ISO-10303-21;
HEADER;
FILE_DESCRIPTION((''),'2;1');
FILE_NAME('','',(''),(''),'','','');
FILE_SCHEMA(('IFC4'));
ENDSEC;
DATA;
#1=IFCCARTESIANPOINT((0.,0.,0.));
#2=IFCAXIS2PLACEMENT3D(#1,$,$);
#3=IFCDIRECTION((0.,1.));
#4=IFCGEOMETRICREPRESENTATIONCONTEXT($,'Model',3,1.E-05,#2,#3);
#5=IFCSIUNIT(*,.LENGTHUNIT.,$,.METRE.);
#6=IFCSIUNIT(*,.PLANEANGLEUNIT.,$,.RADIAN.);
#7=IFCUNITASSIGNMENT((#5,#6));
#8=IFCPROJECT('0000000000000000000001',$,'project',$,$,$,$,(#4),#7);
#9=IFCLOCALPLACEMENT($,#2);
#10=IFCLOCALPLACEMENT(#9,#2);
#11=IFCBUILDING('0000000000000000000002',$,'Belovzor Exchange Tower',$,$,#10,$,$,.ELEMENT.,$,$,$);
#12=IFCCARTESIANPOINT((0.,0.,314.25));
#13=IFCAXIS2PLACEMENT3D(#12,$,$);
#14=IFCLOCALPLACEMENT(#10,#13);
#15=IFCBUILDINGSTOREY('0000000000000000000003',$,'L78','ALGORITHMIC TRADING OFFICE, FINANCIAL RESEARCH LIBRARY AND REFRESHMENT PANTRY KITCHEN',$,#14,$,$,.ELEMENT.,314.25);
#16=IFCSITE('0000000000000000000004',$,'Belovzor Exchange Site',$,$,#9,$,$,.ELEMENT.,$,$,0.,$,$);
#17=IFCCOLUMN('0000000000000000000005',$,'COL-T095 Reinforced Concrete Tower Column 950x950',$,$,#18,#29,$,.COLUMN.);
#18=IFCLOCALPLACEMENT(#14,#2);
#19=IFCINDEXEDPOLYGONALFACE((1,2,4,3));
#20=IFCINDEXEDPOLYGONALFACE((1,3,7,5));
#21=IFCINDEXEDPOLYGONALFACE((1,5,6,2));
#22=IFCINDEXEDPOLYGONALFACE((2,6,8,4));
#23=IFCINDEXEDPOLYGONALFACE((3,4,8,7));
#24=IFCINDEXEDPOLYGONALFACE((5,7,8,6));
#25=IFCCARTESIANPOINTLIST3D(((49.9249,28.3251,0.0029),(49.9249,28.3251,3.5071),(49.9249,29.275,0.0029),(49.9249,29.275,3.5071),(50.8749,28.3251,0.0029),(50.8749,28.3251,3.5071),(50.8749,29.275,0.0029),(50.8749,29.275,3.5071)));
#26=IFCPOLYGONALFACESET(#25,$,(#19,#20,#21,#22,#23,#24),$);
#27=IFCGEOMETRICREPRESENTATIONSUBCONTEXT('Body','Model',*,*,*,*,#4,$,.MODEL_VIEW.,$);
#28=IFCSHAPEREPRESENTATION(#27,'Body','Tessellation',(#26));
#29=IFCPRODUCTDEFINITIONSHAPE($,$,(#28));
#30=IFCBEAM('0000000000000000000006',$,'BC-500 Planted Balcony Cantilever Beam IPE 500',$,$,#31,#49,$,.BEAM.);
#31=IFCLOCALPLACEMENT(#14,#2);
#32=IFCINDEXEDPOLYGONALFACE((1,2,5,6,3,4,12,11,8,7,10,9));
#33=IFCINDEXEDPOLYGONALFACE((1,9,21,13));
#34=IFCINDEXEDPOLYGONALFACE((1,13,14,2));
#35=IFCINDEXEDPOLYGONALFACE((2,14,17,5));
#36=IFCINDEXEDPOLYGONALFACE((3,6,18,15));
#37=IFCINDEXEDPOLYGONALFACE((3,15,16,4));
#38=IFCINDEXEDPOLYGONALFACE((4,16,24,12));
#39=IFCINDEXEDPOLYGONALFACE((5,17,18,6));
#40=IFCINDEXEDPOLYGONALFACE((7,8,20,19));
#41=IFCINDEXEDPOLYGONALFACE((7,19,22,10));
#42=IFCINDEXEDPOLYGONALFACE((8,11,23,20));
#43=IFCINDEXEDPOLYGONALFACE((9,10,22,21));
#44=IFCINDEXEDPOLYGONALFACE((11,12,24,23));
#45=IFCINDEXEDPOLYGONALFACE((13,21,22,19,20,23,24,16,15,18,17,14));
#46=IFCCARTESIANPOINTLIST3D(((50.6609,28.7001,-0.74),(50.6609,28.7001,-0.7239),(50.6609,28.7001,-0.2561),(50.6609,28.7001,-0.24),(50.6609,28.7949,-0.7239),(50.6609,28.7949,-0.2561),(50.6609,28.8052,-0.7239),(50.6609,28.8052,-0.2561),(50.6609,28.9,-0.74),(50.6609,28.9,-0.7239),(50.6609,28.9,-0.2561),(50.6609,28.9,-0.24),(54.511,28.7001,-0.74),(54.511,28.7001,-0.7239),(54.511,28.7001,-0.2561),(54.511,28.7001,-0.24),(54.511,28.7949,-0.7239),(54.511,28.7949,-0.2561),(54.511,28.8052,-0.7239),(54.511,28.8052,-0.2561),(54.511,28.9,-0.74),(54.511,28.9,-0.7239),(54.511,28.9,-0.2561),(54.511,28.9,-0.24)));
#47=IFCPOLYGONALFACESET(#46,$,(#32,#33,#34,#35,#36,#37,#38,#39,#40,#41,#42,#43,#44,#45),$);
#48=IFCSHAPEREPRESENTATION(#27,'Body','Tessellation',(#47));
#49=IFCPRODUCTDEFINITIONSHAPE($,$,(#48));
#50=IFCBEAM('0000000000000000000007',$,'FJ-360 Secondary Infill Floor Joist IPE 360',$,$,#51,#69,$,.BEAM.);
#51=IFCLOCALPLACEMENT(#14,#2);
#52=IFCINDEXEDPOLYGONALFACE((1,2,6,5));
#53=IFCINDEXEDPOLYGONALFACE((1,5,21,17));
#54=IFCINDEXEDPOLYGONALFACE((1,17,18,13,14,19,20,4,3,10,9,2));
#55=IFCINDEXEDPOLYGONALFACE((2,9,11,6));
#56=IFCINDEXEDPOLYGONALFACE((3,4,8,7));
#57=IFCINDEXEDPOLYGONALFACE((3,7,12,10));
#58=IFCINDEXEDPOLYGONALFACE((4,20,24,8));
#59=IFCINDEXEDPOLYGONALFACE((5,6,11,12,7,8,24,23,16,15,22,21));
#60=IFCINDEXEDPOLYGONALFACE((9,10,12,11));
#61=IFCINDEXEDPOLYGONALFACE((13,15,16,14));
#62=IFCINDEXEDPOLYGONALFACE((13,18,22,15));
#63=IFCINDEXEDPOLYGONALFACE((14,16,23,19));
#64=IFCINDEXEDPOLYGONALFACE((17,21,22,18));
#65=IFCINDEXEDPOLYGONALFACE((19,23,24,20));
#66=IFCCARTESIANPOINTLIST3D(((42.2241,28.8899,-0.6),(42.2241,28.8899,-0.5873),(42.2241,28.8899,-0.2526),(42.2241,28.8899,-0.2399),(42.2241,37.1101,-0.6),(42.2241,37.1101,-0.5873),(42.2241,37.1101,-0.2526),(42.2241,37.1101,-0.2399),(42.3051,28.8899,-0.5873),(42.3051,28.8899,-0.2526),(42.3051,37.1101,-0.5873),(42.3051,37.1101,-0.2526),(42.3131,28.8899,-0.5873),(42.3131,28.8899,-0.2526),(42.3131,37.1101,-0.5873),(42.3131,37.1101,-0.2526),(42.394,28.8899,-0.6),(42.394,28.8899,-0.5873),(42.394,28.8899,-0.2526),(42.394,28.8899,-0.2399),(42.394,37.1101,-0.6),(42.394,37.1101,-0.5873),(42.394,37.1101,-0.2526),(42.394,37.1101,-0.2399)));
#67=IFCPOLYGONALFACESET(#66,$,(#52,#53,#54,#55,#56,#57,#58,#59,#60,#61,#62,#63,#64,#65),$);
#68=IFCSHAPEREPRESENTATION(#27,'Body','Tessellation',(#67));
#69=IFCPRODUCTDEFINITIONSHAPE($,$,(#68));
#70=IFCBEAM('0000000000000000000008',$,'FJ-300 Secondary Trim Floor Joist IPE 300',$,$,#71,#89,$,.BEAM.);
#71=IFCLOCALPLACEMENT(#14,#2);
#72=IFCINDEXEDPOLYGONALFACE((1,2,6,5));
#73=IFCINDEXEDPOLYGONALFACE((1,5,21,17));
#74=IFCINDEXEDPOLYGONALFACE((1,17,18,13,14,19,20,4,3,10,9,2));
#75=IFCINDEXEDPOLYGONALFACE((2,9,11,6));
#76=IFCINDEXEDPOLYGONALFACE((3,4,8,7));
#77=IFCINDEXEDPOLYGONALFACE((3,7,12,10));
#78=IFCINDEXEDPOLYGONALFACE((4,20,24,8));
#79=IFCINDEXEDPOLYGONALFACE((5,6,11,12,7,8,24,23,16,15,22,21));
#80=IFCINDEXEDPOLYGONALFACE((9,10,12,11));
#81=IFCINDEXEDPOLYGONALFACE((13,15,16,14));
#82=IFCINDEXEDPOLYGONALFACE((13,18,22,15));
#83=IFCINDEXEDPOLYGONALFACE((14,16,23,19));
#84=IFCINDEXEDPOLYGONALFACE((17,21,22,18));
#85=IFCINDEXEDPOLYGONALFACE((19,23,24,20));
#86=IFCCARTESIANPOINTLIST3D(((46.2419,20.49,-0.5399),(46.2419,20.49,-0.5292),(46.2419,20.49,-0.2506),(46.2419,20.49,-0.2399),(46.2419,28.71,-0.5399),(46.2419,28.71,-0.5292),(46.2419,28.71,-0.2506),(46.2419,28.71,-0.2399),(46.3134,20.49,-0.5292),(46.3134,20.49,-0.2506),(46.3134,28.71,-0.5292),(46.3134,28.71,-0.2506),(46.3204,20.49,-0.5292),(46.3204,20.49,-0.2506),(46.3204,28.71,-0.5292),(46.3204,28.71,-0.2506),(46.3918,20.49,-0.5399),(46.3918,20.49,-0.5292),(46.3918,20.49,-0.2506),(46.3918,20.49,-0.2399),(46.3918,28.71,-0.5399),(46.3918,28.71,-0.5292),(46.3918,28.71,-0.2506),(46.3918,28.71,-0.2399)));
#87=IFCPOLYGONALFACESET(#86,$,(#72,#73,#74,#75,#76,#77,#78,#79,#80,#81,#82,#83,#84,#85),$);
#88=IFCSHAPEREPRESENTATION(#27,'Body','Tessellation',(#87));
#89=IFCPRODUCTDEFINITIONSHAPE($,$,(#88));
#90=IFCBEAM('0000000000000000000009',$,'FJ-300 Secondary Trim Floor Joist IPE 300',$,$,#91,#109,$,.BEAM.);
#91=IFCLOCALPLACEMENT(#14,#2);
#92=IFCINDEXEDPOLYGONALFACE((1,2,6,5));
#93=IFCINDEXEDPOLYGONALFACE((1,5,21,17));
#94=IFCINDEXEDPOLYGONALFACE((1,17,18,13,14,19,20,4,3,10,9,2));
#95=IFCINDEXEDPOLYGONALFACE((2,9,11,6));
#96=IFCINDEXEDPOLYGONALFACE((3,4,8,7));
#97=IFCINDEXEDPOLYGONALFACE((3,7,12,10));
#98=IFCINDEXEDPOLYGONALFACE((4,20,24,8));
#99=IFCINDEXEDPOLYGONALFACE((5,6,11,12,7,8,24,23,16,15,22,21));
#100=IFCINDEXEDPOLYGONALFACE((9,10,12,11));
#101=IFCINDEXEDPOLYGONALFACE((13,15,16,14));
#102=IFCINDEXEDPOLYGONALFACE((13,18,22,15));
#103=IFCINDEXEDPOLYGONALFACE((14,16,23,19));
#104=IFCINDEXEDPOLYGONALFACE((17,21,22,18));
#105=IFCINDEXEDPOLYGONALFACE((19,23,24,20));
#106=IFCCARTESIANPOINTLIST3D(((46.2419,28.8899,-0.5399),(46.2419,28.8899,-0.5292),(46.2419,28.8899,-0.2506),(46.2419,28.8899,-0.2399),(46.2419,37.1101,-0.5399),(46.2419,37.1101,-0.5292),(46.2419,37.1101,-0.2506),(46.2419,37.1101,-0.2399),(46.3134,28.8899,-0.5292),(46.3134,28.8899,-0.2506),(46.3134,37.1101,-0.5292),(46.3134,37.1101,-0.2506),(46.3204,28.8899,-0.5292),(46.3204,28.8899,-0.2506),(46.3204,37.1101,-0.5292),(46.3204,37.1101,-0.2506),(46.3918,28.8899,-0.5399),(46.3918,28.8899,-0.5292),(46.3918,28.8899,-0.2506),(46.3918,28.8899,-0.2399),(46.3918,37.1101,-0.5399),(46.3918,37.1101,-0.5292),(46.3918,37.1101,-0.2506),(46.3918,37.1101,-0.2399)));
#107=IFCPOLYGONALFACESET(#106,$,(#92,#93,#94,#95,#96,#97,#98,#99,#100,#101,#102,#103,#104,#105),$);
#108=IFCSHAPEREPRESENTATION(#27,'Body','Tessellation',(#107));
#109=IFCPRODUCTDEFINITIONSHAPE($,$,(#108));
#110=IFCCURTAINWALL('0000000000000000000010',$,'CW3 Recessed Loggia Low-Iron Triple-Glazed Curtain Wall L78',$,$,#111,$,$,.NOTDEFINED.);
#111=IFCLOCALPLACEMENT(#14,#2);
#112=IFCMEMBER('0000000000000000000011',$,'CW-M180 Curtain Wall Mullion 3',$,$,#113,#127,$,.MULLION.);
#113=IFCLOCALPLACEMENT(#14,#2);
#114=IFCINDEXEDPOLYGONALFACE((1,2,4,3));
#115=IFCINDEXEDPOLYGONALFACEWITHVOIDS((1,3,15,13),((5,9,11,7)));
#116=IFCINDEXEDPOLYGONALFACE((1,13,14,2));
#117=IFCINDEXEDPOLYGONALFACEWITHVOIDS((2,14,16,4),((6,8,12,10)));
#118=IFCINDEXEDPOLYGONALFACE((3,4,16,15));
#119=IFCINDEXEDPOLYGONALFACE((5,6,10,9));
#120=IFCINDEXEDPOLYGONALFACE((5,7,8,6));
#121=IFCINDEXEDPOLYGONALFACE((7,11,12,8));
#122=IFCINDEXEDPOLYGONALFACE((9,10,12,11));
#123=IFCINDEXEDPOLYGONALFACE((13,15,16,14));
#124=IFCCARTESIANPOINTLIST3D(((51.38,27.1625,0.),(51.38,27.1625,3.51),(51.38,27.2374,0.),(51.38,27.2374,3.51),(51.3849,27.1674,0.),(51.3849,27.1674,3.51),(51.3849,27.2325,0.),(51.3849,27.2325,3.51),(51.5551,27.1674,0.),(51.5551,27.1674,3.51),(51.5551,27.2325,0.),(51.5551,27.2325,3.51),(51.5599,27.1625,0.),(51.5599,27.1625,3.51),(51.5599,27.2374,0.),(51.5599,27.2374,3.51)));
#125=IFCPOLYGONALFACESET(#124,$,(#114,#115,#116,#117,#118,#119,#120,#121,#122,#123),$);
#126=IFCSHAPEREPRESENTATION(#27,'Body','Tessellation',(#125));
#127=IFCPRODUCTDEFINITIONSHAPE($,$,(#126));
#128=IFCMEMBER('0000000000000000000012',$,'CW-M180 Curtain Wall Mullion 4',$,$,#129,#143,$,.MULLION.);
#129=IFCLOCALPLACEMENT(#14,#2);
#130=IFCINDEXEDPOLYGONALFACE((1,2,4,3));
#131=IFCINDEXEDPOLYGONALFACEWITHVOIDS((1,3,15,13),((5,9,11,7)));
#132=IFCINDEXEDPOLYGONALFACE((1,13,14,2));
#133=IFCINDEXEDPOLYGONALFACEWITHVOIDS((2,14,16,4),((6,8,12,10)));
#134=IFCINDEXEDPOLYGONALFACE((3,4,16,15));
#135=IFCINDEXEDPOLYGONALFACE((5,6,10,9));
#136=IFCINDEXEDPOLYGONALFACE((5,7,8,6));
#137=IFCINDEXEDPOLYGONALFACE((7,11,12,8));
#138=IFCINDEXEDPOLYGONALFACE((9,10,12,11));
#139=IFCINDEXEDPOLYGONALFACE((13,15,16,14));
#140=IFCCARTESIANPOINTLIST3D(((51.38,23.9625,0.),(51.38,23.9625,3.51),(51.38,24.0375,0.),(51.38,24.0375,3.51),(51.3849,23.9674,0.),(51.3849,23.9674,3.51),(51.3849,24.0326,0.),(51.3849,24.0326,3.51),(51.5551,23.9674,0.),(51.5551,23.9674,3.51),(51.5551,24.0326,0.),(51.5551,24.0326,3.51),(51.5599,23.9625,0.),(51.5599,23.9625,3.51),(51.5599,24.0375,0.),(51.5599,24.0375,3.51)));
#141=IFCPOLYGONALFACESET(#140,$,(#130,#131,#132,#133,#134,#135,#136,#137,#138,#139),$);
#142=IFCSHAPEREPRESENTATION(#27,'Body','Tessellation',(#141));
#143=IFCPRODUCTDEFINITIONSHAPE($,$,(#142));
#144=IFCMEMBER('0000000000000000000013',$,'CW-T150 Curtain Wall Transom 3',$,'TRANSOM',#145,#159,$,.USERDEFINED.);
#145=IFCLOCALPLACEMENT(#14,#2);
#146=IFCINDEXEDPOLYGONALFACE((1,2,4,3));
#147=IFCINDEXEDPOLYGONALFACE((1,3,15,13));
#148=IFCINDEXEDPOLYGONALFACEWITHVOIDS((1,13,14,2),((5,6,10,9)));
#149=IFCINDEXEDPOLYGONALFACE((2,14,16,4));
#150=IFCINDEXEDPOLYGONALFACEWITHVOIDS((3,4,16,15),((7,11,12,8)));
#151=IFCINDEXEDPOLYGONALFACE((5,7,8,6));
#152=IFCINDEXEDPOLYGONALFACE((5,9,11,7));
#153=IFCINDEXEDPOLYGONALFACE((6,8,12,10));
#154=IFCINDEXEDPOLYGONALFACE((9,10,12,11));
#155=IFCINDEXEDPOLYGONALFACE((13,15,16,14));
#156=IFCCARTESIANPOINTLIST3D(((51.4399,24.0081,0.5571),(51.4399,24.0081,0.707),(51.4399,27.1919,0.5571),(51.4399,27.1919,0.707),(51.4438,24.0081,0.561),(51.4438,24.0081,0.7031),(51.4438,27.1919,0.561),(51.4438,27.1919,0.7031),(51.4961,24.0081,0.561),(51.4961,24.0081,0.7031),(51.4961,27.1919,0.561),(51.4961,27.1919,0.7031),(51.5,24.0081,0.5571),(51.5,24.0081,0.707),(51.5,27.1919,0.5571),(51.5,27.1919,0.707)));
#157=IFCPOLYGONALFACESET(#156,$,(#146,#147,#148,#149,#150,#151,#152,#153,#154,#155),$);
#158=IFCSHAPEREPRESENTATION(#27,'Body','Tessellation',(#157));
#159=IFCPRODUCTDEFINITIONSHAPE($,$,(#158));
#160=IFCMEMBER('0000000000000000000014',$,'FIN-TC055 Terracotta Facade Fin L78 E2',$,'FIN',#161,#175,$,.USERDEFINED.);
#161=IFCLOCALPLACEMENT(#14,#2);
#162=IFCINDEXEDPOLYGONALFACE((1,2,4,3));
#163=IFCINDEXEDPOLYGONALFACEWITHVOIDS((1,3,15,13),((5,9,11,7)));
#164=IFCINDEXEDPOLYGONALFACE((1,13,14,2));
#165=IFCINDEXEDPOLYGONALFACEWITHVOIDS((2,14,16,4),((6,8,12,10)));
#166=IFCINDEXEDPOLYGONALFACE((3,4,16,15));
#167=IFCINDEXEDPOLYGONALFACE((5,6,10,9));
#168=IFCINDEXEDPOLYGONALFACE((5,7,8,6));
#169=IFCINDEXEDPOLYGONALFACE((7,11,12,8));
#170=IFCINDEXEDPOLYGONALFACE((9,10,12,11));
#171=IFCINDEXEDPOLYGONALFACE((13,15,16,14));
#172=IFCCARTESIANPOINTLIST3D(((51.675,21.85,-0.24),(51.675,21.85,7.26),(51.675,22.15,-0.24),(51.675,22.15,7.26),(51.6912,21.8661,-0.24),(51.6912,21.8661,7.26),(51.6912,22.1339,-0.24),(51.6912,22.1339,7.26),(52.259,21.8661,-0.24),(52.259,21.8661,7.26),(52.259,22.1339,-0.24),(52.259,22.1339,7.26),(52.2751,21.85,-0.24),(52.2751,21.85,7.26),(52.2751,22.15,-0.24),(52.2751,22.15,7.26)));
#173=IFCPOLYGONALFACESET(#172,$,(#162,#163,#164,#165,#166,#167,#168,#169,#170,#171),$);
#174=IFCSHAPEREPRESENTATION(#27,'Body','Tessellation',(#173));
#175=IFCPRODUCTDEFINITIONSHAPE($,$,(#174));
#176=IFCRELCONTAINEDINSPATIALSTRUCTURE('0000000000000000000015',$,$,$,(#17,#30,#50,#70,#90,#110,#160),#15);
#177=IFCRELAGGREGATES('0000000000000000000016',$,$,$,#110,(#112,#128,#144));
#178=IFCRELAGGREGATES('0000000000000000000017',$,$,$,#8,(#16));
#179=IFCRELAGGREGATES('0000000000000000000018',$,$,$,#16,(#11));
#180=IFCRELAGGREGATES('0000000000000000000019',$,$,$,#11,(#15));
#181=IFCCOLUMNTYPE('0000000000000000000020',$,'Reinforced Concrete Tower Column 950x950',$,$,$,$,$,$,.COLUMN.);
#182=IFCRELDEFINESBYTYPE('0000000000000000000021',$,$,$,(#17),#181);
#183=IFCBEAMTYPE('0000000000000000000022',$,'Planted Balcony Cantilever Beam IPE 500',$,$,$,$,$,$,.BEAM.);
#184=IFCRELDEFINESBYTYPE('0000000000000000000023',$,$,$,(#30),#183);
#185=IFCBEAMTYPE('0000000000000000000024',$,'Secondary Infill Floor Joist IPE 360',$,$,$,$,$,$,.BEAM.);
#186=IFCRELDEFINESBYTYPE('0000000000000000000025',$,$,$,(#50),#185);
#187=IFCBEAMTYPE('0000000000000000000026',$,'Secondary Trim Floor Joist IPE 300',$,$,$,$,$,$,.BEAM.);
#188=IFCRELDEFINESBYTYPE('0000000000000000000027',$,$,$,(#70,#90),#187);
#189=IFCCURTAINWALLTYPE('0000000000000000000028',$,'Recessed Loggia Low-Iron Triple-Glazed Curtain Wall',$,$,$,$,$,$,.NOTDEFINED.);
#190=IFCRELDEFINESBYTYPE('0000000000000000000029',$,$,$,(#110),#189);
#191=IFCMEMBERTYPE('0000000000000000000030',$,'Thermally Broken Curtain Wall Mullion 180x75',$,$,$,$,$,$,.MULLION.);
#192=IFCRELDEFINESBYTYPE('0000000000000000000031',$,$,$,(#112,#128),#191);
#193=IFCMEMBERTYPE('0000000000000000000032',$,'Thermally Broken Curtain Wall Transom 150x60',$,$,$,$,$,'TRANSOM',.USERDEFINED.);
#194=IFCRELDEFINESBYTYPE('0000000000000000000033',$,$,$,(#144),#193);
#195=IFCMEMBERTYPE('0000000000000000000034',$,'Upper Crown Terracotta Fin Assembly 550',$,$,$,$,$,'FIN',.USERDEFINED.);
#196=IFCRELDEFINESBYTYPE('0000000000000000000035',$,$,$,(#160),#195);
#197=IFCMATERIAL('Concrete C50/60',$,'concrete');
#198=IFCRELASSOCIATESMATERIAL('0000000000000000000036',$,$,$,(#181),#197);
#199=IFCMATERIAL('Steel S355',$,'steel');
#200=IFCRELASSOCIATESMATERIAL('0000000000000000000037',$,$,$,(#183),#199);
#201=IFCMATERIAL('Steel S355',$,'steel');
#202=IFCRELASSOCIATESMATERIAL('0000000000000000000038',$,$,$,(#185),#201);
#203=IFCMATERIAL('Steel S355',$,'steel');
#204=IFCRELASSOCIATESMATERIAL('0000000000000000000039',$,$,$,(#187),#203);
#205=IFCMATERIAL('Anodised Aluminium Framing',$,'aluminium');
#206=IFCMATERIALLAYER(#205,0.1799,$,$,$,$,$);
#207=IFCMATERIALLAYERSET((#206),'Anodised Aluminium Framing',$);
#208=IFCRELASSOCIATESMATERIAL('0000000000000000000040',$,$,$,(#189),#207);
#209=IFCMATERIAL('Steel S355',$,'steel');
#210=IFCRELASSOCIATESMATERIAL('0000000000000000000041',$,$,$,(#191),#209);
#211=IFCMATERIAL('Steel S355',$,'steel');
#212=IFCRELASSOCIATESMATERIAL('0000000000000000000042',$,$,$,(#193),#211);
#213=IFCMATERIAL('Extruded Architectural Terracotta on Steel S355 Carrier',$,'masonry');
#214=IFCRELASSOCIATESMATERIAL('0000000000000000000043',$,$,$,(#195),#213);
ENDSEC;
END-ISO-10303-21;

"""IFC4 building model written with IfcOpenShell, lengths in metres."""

from ifc_helpers import new_model, si_unit, direction, frame, origin, origin_2d, place, context, subcontext, project, spatial, rectangle, hollow_rectangle, i_section, extrude, material, layer, layer_set, material_profile, profile_set, type_object, element, aggregate, save


model = new_model("IFC4")

# Units and contexts
model_context = context("Model", 3, precision=1e-05, world=origin(), true_north=direction((0.0, 1.0)))
body_context = subcontext(model_context, "Body", "Model", "MODEL_VIEW")
ifc_project = project(units=[si_unit("LENGTHUNIT", "METRE"), si_unit("PLANEANGLEUNIT", "RADIAN")], contexts=[model_context])

# Site, building, storey
site_placement = place(None, origin())
site = spatial("IfcSite", under=ifc_project, at=site_placement, Name="Belovzor Exchange Site", CompositionType="ELEMENT", RefElevation=0.0)
building_placement = place(site_placement, origin())
building = spatial("IfcBuilding", under=site, at=building_placement, Name="Belovzor Exchange Tower", CompositionType="ELEMENT")
storey_placement = place(building_placement, frame((0.0, 0.0, 314.25)))
storey = spatial("IfcBuildingStorey", under=building, at=storey_placement, Name="L78", Description="ALGORITHMIC TRADING OFFICE, FINANCIAL RESEARCH LIBRARY AND REFRESHMENT PANTRY KITCHEN", CompositionType="ELEMENT", Elevation=314.25)

# Column
ifc_material_1 = material(Name="Concrete C50/60", Category="concrete")
ifc_material_profile_1 = material_profile(ifc_material_1, rectangle(XDim=0.95, YDim=0.95, at=origin_2d()))
ifc_profile_set_1 = profile_set([ifc_material_profile_1], Name="Concrete C50/60")
column_type = type_object("IfcColumnType", Name="Reinforced Concrete Tower Column 950x950", PredefinedType="COLUMN", material=ifc_profile_set_1)
column_placement = place(storey_placement, frame((50.3999, 28.8, 0.0029), z_axis=(0.0, 0.0, 1.0), x_axis=(1.0, 0.0, 0.0)))
element("IfcColumn", 1, at=column_placement, inside=storey, type_object=column_type, Name="COL-T095 Reinforced Concrete Tower Column 950x950", PredefinedType="COLUMN", context=body_context, shape_type="SweptSolid", body=[
    extrude(rectangle(XDim=0.95, YDim=0.95, at=origin_2d()), origin(), (0.0, 0.0, 1.0), 3.5042),
])

# Beams
ifc_material_2 = material(Name="Steel S355", Category="steel")
ifc_material_profile_2 = material_profile(ifc_material_2, i_section(OverallWidth=0.2, OverallDepth=0.5, WebThickness=0.0103, FlangeThickness=0.0161, at=origin_2d()))
ifc_profile_set_2 = profile_set([ifc_material_profile_2], Name="Steel S355")
beam_type_1 = type_object("IfcBeamType", Name="Planted Balcony Cantilever Beam IPE 500", PredefinedType="BEAM", material=ifc_profile_set_2)
beam_1_placement = place(storey_placement, frame((50.6609, 28.8, -0.49), z_axis=(1.0, 0.0, 0.0), x_axis=(0.0, 1.0, 0.0)))
element("IfcBeam", 2, at=beam_1_placement, inside=storey, type_object=beam_type_1, Name="BC-500 Planted Balcony Cantilever Beam IPE 500", PredefinedType="BEAM", context=body_context, shape_type="SweptSolid", body=[
    extrude(i_section(OverallWidth=0.2, OverallDepth=0.5, WebThickness=0.0103, FlangeThickness=0.0161, at=origin_2d()), origin(), (0.0, 0.0, 1.0), 3.8501),
])
ifc_material_3 = material(Name="Steel S355", Category="steel")
ifc_material_profile_3 = material_profile(ifc_material_3, i_section(OverallWidth=0.1699, OverallDepth=0.3601, WebThickness=0.0081, FlangeThickness=0.0127, at=origin_2d()))
ifc_profile_set_3 = profile_set([ifc_material_profile_3], Name="Steel S355")
beam_type_2 = type_object("IfcBeamType", Name="Secondary Infill Floor Joist IPE 360", PredefinedType="BEAM", material=ifc_profile_set_3)
beam_2_placement = place(storey_placement, frame((42.3091, 28.8899, -0.4199), z_axis=(0.0, 1.0, 0.0), x_axis=(-1.0, 0.0, 0.0)))
element("IfcBeam", 3, at=beam_2_placement, inside=storey, type_object=beam_type_2, Name="FJ-360 Secondary Infill Floor Joist IPE 360", PredefinedType="BEAM", context=body_context, shape_type="SweptSolid", body=[
    extrude(i_section(OverallWidth=0.1699, OverallDepth=0.3601, WebThickness=0.0081, FlangeThickness=0.0127, at=origin_2d()), origin(), (0.0, 0.0, 1.0), 8.2202),
])
ifc_material_4 = material(Name="Steel S355", Category="steel")
ifc_material_profile_4 = material_profile(ifc_material_4, i_section(OverallWidth=0.1499, OverallDepth=0.3, WebThickness=0.0071, FlangeThickness=0.0107, at=origin_2d()))
ifc_profile_set_4 = profile_set([ifc_material_profile_4], Name="Steel S355")
beam_type_3 = type_object("IfcBeamType", Name="Secondary Trim Floor Joist IPE 300", PredefinedType="BEAM", material=ifc_profile_set_4)
beam_3_placement = place(storey_placement, frame((46.3169, 20.49, -0.3899), z_axis=(0.0, 1.0, 0.0), x_axis=(-1.0, 0.0, 0.0)))
element("IfcBeam", 4, at=beam_3_placement, inside=storey, type_object=beam_type_3, Name="FJ-300 Secondary Trim Floor Joist IPE 300", PredefinedType="BEAM", context=body_context, shape_type="SweptSolid", body=[
    extrude(i_section(OverallWidth=0.1499, OverallDepth=0.3, WebThickness=0.0071, FlangeThickness=0.0107, at=origin_2d()), origin(), (0.0, 0.0, 1.0), 8.22),
])
beam_4_placement = place(storey_placement, frame((46.3169, 28.8899, -0.3899), z_axis=(0.0, 1.0, 0.0), x_axis=(-1.0, 0.0, 0.0)))
element("IfcBeam", 5, at=beam_4_placement, inside=storey, type_object=beam_type_3, Name="FJ-300 Secondary Trim Floor Joist IPE 300", PredefinedType="BEAM", context=body_context, shape_type="SweptSolid", body=[
    extrude(i_section(OverallWidth=0.1499, OverallDepth=0.3, WebThickness=0.0071, FlangeThickness=0.0107, at=origin_2d()), origin(), (0.0, 0.0, 1.0), 8.2202),
])

# Curtain wall, members
ifc_material_5 = material(Name="Anodised Aluminium Framing", Category="aluminium")
ifc_layer_1 = layer(ifc_material_5, 0.1799)
ifc_layer_set_1 = layer_set([ifc_layer_1], Name="Anodised Aluminium Framing")
curtain_wall_type = type_object("IfcCurtainWallType", Name="Recessed Loggia Low-Iron Triple-Glazed Curtain Wall", PredefinedType="NOTDEFINED", material=ifc_layer_set_1)
curtain_wall_placement = place(storey_placement, origin())
curtain_wall = element("IfcCurtainWall", 6, at=curtain_wall_placement, inside=storey, type_object=curtain_wall_type, Name="CW3 Recessed Loggia Low-Iron Triple-Glazed Curtain Wall L78", PredefinedType="NOTDEFINED")
ifc_material_6 = material(Name="Steel S355", Category="steel")
ifc_material_profile_5 = material_profile(ifc_material_6, hollow_rectangle(XDim=0.075, YDim=0.1799, WallThickness=0.0049, at=origin_2d()))
ifc_profile_set_5 = profile_set([ifc_material_profile_5], Name="Steel S355")
member_type_1 = type_object("IfcMemberType", Name="Thermally Broken Curtain Wall Mullion 180x75", PredefinedType="MULLION", material=ifc_profile_set_5)
member_1_placement = place(storey_placement, frame((51.47, 27.2, 0.0), z_axis=(0.0, 0.0, 1.0), x_axis=(0.0, -1.0, 0.0)))
member_1 = element("IfcMember", 7, at=member_1_placement, type_object=member_type_1, Name="CW-M180 Curtain Wall Mullion 3", PredefinedType="MULLION", context=body_context, shape_type="SweptSolid", body=[
    extrude(hollow_rectangle(XDim=0.075, YDim=0.1799, WallThickness=0.0049, at=origin_2d()), origin(), (0.0, 0.0, 1.0), 3.51),
])
member_2_placement = place(storey_placement, frame((51.47, 24.0, 0.0), z_axis=(0.0, 0.0, 1.0), x_axis=(0.0, -1.0, 0.0)))
member_2 = element("IfcMember", 8, at=member_2_placement, type_object=member_type_1, Name="CW-M180 Curtain Wall Mullion 4", PredefinedType="MULLION", context=body_context, shape_type="SweptSolid", body=[
    extrude(hollow_rectangle(XDim=0.075, YDim=0.1799, WallThickness=0.0049, at=origin_2d()), origin(), (0.0, 0.0, 1.0), 3.51),
])
ifc_material_7 = material(Name="Steel S355", Category="steel")
ifc_material_profile_6 = material_profile(ifc_material_7, hollow_rectangle(XDim=0.0601, YDim=0.1499, WallThickness=0.0039, at=origin_2d()))
ifc_profile_set_6 = profile_set([ifc_material_profile_6], Name="Steel S355")
member_type_2 = type_object("IfcMemberType", Name="Thermally Broken Curtain Wall Transom 150x60", ElementType="TRANSOM", PredefinedType="USERDEFINED", material=ifc_profile_set_6)
member_3_placement = place(storey_placement, frame((51.47, 27.1919, 0.6321), z_axis=(0.0, -1.0, 0.0), x_axis=(1.0, 0.0, 0.0)))
member_3 = element("IfcMember", 9, at=member_3_placement, type_object=member_type_2, Name="CW-T150 Curtain Wall Transom 3", ObjectType="TRANSOM", PredefinedType="USERDEFINED", context=body_context, shape_type="SweptSolid", body=[
    extrude(hollow_rectangle(XDim=0.0601, YDim=0.1499, WallThickness=0.0039, at=origin_2d()), origin(), (0.0, 0.0, 1.0), 3.1838),
])

# Member
ifc_material_8 = material(Name="Extruded Architectural Terracotta on Steel S355 Carrier", Category="masonry")
ifc_material_profile_7 = material_profile(ifc_material_8, hollow_rectangle(XDim=0.3, YDim=0.6001, WallThickness=0.0161, at=origin_2d()))
ifc_profile_set_7 = profile_set([ifc_material_profile_7], Name="Extruded Architectural Terracotta on Steel S355 Carrier")
member_type_3 = type_object("IfcMemberType", Name="Upper Crown Terracotta Fin Assembly 550", ElementType="FIN", PredefinedType="USERDEFINED", material=ifc_profile_set_7)
member_4_placement = place(storey_placement, frame((51.9751, 22.0, -0.24), z_axis=(0.0, 0.0, 1.0), x_axis=(0.0, 1.0, 0.0)))
element("IfcMember", 10, at=member_4_placement, inside=storey, type_object=member_type_3, Name="FIN-TC055 Terracotta Facade Fin L78 E2", ObjectType="FIN", PredefinedType="USERDEFINED", context=body_context, shape_type="SweptSolid", body=[
    extrude(hollow_rectangle(XDim=0.3, YDim=0.6001, WallThickness=0.0161, at=origin_2d()), origin(), (0.0, 0.0, 1.0), 7.5),
])

aggregate(curtain_wall, [member_1, member_2, member_3])

save(model, "model.ifc")
